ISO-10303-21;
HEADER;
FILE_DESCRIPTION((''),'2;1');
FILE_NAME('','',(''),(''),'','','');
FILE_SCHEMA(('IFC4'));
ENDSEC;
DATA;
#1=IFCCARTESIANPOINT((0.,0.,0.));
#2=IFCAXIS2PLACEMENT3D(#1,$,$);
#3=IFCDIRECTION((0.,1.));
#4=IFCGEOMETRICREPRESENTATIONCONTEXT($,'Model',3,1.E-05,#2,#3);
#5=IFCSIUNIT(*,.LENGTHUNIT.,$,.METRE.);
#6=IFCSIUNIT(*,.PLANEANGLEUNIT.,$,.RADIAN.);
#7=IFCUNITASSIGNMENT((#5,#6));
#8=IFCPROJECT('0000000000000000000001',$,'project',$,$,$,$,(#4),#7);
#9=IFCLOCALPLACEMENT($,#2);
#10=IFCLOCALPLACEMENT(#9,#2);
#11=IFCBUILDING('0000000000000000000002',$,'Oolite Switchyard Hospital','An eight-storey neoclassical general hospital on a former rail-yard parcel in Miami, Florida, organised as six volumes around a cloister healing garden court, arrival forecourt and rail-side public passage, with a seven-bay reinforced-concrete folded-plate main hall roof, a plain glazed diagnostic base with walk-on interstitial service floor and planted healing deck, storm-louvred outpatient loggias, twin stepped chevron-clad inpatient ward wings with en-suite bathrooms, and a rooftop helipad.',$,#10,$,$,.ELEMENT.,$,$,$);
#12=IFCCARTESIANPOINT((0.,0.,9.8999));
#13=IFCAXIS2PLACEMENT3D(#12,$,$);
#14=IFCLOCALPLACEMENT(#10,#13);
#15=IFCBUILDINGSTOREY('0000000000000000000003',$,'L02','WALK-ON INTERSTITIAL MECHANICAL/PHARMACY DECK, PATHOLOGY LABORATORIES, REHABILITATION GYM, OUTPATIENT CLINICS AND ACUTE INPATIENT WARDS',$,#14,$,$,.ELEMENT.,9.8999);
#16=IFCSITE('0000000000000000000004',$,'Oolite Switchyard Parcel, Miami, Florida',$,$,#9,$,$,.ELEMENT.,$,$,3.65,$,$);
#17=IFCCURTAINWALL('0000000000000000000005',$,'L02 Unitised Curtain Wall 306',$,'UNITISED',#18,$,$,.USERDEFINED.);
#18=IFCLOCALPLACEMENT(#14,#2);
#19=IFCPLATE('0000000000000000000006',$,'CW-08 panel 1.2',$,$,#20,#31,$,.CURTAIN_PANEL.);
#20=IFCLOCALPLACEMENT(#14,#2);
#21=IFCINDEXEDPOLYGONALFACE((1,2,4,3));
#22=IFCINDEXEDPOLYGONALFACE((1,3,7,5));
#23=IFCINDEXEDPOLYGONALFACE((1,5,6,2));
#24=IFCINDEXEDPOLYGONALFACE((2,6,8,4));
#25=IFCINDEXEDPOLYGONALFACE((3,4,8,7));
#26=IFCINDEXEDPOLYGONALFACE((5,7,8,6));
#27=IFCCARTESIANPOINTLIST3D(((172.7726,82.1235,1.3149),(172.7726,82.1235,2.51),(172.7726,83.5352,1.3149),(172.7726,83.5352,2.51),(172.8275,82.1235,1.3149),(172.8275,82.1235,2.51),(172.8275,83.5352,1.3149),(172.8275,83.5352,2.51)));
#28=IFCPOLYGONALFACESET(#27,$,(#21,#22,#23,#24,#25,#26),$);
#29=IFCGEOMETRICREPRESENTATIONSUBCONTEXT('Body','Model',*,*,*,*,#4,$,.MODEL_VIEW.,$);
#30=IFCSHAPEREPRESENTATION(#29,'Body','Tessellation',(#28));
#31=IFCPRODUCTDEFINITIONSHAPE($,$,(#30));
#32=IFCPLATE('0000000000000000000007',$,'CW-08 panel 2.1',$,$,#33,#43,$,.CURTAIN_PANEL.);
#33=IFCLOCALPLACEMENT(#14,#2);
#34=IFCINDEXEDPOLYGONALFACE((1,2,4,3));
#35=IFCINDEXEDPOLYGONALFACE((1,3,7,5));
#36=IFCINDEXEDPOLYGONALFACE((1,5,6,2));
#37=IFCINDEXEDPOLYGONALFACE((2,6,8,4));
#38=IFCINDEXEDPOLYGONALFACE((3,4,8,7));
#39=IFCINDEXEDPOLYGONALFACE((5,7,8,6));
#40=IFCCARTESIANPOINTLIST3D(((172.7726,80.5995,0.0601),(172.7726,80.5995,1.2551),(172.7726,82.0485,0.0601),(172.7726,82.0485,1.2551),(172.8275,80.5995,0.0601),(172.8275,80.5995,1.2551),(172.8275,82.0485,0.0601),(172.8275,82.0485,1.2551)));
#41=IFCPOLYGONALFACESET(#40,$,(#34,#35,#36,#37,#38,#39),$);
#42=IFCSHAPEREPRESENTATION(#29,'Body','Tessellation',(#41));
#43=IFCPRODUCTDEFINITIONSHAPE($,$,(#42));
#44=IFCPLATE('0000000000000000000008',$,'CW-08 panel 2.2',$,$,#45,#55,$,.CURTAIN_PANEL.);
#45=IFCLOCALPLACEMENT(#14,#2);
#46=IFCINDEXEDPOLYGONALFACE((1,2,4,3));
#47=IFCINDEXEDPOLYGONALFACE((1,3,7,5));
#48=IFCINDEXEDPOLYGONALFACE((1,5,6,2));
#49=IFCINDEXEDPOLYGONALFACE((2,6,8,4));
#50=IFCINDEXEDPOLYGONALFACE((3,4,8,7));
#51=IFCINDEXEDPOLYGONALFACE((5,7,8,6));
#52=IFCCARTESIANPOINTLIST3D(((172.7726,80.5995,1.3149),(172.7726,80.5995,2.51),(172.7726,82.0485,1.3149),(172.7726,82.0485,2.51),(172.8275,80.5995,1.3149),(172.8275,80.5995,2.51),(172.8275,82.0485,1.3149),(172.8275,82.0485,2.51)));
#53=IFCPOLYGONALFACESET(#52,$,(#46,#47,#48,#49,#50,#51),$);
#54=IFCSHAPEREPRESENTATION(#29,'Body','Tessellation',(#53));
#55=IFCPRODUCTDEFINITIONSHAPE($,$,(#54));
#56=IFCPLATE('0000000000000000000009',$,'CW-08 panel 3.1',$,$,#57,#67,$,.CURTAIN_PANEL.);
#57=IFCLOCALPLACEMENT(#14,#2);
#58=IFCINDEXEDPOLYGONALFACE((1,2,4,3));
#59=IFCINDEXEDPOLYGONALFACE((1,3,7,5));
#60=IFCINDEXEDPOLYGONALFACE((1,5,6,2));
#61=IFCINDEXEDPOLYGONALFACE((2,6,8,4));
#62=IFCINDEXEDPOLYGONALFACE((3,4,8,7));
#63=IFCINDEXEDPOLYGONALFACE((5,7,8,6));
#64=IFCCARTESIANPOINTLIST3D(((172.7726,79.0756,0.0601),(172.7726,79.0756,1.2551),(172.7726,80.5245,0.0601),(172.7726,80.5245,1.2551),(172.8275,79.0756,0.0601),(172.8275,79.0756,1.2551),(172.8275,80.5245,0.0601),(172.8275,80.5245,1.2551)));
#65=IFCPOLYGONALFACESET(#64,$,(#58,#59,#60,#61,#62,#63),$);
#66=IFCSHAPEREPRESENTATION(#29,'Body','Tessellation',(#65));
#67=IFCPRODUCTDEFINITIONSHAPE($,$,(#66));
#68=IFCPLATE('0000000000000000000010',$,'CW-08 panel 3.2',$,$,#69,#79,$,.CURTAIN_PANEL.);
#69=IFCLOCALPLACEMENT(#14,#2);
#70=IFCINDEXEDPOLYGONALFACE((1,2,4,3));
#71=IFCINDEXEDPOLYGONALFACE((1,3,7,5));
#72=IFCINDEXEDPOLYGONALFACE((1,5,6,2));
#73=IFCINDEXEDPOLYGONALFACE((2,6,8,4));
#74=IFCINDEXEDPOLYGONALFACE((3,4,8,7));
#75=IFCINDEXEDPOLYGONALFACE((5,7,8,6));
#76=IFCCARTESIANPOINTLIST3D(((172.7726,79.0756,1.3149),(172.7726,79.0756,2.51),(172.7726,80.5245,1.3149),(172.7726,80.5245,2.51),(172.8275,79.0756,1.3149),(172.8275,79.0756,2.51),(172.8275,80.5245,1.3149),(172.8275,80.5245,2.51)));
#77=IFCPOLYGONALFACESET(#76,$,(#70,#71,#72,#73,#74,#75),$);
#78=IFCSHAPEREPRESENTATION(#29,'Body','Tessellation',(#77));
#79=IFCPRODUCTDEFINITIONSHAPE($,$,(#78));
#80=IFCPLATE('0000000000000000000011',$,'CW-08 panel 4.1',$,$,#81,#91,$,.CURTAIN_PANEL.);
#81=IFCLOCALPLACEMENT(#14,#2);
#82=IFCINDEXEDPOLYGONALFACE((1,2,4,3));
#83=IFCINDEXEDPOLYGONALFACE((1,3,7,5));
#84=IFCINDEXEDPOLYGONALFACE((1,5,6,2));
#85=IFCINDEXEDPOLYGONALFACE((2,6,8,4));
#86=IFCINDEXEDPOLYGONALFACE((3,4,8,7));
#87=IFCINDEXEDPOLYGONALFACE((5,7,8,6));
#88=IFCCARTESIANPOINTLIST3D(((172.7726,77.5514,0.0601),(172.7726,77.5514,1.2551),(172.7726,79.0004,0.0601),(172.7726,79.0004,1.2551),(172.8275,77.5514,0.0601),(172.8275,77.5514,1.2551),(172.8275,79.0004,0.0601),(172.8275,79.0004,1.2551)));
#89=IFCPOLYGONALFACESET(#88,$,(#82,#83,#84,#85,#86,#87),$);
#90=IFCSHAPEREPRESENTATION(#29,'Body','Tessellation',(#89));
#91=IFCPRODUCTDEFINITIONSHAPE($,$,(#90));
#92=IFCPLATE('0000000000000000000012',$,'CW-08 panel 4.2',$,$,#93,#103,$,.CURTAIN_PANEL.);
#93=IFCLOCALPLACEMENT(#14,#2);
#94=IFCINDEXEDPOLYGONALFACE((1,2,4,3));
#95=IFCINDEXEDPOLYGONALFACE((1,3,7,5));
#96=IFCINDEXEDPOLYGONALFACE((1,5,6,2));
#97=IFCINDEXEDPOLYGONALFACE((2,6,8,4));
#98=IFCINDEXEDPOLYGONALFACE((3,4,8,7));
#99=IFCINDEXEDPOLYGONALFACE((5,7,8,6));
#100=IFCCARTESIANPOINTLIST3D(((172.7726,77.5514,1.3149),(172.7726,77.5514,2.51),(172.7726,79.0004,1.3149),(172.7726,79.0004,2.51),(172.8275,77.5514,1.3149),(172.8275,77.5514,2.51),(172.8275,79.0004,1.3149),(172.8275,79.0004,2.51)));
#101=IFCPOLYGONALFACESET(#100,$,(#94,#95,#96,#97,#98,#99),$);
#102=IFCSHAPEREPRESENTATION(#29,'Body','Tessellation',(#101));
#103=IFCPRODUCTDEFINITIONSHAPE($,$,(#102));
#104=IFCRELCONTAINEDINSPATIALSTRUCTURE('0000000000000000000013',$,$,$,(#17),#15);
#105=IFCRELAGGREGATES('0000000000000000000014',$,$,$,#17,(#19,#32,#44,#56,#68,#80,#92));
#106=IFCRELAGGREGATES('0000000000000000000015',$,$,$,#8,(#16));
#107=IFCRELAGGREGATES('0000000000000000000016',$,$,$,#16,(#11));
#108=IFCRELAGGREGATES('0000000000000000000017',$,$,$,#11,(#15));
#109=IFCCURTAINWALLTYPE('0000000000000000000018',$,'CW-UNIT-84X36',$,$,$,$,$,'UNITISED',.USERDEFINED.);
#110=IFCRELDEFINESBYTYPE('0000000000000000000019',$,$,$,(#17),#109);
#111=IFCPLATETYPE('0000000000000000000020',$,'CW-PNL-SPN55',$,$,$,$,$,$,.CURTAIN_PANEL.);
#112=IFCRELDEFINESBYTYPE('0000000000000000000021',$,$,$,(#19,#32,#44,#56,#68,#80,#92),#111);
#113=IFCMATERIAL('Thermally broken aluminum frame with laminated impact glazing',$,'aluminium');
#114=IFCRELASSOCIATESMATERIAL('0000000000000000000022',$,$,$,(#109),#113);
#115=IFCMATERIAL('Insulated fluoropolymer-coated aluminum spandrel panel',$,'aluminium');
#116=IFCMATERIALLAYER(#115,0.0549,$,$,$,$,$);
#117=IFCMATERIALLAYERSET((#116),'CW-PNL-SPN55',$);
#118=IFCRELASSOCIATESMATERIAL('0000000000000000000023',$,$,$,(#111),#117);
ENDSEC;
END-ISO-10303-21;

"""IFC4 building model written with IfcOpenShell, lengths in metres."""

from ifc_helpers import new_model, si_unit, direction, frame, origin, origin_2d, place, context, subcontext, project, spatial, rectangle, extrude, material, layer, layer_set, type_object, element, aggregate, save


model = new_model("IFC4")

# Units and contexts
model_context = context("Model", 3, precision=1e-05, world=origin(), true_north=direction((0.0, 1.0)))
body_context = subcontext(model_context, "Body", "Model", "MODEL_VIEW")
ifc_project = project(units=[si_unit("LENGTHUNIT", "METRE"), si_unit("PLANEANGLEUNIT", "RADIAN")], contexts=[model_context])

# Site, building, storey
site_placement = place(None, origin())
site = spatial("IfcSite", under=ifc_project, at=site_placement, Name="Oolite Switchyard Parcel, Miami, Florida", CompositionType="ELEMENT", RefElevation=3.65)
building_placement = place(site_placement, origin())
building = spatial("IfcBuilding", under=site, at=building_placement, Name="Oolite Switchyard Hospital", Description="An eight-storey neoclassical general hospital on a former rail-yard parcel in Miami, Florida, organised as six volumes around a cloister healing garden court, arrival forecourt and rail-side public passage, with a seven-bay reinforced-concrete folded-plate main hall roof, a plain glazed diagnostic base with walk-on interstitial service floor and planted healing deck, storm-louvred outpatient loggias, twin stepped chevron-clad inpatient ward wings with en-suite bathrooms, and a rooftop helipad.", CompositionType="ELEMENT")
storey_placement = place(building_placement, frame((0.0, 0.0, 9.8999)))
storey = spatial("IfcBuildingStorey", under=building, at=storey_placement, Name="L02", Description="WALK-ON INTERSTITIAL MECHANICAL/PHARMACY DECK, PATHOLOGY LABORATORIES, REHABILITATION GYM, OUTPATIENT CLINICS AND ACUTE INPATIENT WARDS", CompositionType="ELEMENT", Elevation=9.8999)

# Curtain wall, plates
ifc_material_1 = material(Name="Thermally broken aluminum frame with laminated impact glazing", Category="aluminium")
curtain_wall_type = type_object("IfcCurtainWallType", Name="CW-UNIT-84X36", ElementType="UNITISED", PredefinedType="USERDEFINED", material=ifc_material_1)
curtain_wall_placement = place(storey_placement, origin())
curtain_wall = element("IfcCurtainWall", 1, at=curtain_wall_placement, inside=storey, type_object=curtain_wall_type, Name="L02 Unitised Curtain Wall 306", ObjectType="UNITISED", PredefinedType="USERDEFINED")
ifc_material_2 = material(Name="Insulated fluoropolymer-coated aluminum spandrel panel", Category="aluminium")
ifc_layer = layer(ifc_material_2, 0.0549)
ifc_layer_set = layer_set([ifc_layer], Name="CW-PNL-SPN55")
plate_type = type_object("IfcPlateType", Name="CW-PNL-SPN55", PredefinedType="CURTAIN_PANEL", material=ifc_layer_set)
plate_1_placement = place(storey_placement, frame((172.8, 82.8293, 1.3149), z_axis=(0.0, 0.0, 1.0), x_axis=(0.0, -1.0, 0.0)))
plate_1 = element("IfcPlate", 2, at=plate_1_placement, type_object=plate_type, Name="CW-08 panel 1.2", PredefinedType="CURTAIN_PANEL", context=body_context, shape_type="SweptSolid", body=[
    extrude(rectangle(XDim=1.4116, YDim=0.0549, at=origin_2d()), origin(), (0.0, 0.0, 1.0), 1.1951),
])
plate_2_placement = place(storey_placement, frame((172.8, 81.324, 0.0601), z_axis=(0.0, 0.0, 1.0), x_axis=(0.0, -1.0, 0.0)))
plate_2 = element("IfcPlate", 3, at=plate_2_placement, type_object=plate_type, Name="CW-08 panel 2.1", PredefinedType="CURTAIN_PANEL", context=body_context, shape_type="SweptSolid", body=[
    extrude(rectangle(XDim=1.449, YDim=0.0549, at=origin_2d()), origin(), (0.0, 0.0, 1.0), 1.1951),
])
plate_3_placement = place(storey_placement, frame((172.8, 81.324, 1.3149), z_axis=(0.0, 0.0, 1.0), x_axis=(0.0, -1.0, 0.0)))
plate_3 = element("IfcPlate", 4, at=plate_3_placement, type_object=plate_type, Name="CW-08 panel 2.2", PredefinedType="CURTAIN_PANEL", context=body_context, shape_type="SweptSolid", body=[
    extrude(rectangle(XDim=1.449, YDim=0.0549, at=origin_2d()), origin(), (0.0, 0.0, 1.0), 1.1951),
])
plate_4_placement = place(storey_placement, frame((172.8, 79.8, 0.0601), z_axis=(0.0, 0.0, 1.0), x_axis=(0.0, -1.0, 0.0)))
plate_4 = element("IfcPlate", 5, at=plate_4_placement, type_object=plate_type, Name="CW-08 panel 3.1", PredefinedType="CURTAIN_PANEL", context=body_context, shape_type="SweptSolid", body=[
    extrude(rectangle(XDim=1.449, YDim=0.0549, at=origin_2d()), origin(), (0.0, 0.0, 1.0), 1.1951),
])
plate_5_placement = place(storey_placement, frame((172.8, 79.8, 1.3149), z_axis=(0.0, 0.0, 1.0), x_axis=(0.0, -1.0, 0.0)))
plate_5 = element("IfcPlate", 6, at=plate_5_placement, type_object=plate_type, Name="CW-08 panel 3.2", PredefinedType="CURTAIN_PANEL", context=body_context, shape_type="SweptSolid", body=[
    extrude(rectangle(XDim=1.449, YDim=0.0549, at=origin_2d()), origin(), (0.0, 0.0, 1.0), 1.1951),
])
plate_6_placement = place(storey_placement, frame((172.8, 78.2759, 0.0601), z_axis=(0.0, 0.0, 1.0), x_axis=(0.0, -1.0, 0.0)))
plate_6 = element("IfcPlate", 7, at=plate_6_placement, type_object=plate_type, Name="CW-08 panel 4.1", PredefinedType="CURTAIN_PANEL", context=body_context, shape_type="SweptSolid", body=[
    extrude(rectangle(XDim=1.449, YDim=0.0549, at=origin_2d()), origin(), (0.0, 0.0, 1.0), 1.1951),
])
plate_7_placement = place(storey_placement, frame((172.8, 78.2759, 1.3149), z_axis=(0.0, 0.0, 1.0), x_axis=(0.0, -1.0, 0.0)))
plate_7 = element("IfcPlate", 8, at=plate_7_placement, type_object=plate_type, Name="CW-08 panel 4.2", PredefinedType="CURTAIN_PANEL", context=body_context, shape_type="SweptSolid", body=[
    extrude(rectangle(XDim=1.449, YDim=0.0549, at=origin_2d()), origin(), (0.0, 0.0, 1.0), 1.1951),
])
aggregate(curtain_wall, [plate_1, plate_2, plate_3, plate_4, plate_5, plate_6, plate_7])

save(model, "model.ifc")
